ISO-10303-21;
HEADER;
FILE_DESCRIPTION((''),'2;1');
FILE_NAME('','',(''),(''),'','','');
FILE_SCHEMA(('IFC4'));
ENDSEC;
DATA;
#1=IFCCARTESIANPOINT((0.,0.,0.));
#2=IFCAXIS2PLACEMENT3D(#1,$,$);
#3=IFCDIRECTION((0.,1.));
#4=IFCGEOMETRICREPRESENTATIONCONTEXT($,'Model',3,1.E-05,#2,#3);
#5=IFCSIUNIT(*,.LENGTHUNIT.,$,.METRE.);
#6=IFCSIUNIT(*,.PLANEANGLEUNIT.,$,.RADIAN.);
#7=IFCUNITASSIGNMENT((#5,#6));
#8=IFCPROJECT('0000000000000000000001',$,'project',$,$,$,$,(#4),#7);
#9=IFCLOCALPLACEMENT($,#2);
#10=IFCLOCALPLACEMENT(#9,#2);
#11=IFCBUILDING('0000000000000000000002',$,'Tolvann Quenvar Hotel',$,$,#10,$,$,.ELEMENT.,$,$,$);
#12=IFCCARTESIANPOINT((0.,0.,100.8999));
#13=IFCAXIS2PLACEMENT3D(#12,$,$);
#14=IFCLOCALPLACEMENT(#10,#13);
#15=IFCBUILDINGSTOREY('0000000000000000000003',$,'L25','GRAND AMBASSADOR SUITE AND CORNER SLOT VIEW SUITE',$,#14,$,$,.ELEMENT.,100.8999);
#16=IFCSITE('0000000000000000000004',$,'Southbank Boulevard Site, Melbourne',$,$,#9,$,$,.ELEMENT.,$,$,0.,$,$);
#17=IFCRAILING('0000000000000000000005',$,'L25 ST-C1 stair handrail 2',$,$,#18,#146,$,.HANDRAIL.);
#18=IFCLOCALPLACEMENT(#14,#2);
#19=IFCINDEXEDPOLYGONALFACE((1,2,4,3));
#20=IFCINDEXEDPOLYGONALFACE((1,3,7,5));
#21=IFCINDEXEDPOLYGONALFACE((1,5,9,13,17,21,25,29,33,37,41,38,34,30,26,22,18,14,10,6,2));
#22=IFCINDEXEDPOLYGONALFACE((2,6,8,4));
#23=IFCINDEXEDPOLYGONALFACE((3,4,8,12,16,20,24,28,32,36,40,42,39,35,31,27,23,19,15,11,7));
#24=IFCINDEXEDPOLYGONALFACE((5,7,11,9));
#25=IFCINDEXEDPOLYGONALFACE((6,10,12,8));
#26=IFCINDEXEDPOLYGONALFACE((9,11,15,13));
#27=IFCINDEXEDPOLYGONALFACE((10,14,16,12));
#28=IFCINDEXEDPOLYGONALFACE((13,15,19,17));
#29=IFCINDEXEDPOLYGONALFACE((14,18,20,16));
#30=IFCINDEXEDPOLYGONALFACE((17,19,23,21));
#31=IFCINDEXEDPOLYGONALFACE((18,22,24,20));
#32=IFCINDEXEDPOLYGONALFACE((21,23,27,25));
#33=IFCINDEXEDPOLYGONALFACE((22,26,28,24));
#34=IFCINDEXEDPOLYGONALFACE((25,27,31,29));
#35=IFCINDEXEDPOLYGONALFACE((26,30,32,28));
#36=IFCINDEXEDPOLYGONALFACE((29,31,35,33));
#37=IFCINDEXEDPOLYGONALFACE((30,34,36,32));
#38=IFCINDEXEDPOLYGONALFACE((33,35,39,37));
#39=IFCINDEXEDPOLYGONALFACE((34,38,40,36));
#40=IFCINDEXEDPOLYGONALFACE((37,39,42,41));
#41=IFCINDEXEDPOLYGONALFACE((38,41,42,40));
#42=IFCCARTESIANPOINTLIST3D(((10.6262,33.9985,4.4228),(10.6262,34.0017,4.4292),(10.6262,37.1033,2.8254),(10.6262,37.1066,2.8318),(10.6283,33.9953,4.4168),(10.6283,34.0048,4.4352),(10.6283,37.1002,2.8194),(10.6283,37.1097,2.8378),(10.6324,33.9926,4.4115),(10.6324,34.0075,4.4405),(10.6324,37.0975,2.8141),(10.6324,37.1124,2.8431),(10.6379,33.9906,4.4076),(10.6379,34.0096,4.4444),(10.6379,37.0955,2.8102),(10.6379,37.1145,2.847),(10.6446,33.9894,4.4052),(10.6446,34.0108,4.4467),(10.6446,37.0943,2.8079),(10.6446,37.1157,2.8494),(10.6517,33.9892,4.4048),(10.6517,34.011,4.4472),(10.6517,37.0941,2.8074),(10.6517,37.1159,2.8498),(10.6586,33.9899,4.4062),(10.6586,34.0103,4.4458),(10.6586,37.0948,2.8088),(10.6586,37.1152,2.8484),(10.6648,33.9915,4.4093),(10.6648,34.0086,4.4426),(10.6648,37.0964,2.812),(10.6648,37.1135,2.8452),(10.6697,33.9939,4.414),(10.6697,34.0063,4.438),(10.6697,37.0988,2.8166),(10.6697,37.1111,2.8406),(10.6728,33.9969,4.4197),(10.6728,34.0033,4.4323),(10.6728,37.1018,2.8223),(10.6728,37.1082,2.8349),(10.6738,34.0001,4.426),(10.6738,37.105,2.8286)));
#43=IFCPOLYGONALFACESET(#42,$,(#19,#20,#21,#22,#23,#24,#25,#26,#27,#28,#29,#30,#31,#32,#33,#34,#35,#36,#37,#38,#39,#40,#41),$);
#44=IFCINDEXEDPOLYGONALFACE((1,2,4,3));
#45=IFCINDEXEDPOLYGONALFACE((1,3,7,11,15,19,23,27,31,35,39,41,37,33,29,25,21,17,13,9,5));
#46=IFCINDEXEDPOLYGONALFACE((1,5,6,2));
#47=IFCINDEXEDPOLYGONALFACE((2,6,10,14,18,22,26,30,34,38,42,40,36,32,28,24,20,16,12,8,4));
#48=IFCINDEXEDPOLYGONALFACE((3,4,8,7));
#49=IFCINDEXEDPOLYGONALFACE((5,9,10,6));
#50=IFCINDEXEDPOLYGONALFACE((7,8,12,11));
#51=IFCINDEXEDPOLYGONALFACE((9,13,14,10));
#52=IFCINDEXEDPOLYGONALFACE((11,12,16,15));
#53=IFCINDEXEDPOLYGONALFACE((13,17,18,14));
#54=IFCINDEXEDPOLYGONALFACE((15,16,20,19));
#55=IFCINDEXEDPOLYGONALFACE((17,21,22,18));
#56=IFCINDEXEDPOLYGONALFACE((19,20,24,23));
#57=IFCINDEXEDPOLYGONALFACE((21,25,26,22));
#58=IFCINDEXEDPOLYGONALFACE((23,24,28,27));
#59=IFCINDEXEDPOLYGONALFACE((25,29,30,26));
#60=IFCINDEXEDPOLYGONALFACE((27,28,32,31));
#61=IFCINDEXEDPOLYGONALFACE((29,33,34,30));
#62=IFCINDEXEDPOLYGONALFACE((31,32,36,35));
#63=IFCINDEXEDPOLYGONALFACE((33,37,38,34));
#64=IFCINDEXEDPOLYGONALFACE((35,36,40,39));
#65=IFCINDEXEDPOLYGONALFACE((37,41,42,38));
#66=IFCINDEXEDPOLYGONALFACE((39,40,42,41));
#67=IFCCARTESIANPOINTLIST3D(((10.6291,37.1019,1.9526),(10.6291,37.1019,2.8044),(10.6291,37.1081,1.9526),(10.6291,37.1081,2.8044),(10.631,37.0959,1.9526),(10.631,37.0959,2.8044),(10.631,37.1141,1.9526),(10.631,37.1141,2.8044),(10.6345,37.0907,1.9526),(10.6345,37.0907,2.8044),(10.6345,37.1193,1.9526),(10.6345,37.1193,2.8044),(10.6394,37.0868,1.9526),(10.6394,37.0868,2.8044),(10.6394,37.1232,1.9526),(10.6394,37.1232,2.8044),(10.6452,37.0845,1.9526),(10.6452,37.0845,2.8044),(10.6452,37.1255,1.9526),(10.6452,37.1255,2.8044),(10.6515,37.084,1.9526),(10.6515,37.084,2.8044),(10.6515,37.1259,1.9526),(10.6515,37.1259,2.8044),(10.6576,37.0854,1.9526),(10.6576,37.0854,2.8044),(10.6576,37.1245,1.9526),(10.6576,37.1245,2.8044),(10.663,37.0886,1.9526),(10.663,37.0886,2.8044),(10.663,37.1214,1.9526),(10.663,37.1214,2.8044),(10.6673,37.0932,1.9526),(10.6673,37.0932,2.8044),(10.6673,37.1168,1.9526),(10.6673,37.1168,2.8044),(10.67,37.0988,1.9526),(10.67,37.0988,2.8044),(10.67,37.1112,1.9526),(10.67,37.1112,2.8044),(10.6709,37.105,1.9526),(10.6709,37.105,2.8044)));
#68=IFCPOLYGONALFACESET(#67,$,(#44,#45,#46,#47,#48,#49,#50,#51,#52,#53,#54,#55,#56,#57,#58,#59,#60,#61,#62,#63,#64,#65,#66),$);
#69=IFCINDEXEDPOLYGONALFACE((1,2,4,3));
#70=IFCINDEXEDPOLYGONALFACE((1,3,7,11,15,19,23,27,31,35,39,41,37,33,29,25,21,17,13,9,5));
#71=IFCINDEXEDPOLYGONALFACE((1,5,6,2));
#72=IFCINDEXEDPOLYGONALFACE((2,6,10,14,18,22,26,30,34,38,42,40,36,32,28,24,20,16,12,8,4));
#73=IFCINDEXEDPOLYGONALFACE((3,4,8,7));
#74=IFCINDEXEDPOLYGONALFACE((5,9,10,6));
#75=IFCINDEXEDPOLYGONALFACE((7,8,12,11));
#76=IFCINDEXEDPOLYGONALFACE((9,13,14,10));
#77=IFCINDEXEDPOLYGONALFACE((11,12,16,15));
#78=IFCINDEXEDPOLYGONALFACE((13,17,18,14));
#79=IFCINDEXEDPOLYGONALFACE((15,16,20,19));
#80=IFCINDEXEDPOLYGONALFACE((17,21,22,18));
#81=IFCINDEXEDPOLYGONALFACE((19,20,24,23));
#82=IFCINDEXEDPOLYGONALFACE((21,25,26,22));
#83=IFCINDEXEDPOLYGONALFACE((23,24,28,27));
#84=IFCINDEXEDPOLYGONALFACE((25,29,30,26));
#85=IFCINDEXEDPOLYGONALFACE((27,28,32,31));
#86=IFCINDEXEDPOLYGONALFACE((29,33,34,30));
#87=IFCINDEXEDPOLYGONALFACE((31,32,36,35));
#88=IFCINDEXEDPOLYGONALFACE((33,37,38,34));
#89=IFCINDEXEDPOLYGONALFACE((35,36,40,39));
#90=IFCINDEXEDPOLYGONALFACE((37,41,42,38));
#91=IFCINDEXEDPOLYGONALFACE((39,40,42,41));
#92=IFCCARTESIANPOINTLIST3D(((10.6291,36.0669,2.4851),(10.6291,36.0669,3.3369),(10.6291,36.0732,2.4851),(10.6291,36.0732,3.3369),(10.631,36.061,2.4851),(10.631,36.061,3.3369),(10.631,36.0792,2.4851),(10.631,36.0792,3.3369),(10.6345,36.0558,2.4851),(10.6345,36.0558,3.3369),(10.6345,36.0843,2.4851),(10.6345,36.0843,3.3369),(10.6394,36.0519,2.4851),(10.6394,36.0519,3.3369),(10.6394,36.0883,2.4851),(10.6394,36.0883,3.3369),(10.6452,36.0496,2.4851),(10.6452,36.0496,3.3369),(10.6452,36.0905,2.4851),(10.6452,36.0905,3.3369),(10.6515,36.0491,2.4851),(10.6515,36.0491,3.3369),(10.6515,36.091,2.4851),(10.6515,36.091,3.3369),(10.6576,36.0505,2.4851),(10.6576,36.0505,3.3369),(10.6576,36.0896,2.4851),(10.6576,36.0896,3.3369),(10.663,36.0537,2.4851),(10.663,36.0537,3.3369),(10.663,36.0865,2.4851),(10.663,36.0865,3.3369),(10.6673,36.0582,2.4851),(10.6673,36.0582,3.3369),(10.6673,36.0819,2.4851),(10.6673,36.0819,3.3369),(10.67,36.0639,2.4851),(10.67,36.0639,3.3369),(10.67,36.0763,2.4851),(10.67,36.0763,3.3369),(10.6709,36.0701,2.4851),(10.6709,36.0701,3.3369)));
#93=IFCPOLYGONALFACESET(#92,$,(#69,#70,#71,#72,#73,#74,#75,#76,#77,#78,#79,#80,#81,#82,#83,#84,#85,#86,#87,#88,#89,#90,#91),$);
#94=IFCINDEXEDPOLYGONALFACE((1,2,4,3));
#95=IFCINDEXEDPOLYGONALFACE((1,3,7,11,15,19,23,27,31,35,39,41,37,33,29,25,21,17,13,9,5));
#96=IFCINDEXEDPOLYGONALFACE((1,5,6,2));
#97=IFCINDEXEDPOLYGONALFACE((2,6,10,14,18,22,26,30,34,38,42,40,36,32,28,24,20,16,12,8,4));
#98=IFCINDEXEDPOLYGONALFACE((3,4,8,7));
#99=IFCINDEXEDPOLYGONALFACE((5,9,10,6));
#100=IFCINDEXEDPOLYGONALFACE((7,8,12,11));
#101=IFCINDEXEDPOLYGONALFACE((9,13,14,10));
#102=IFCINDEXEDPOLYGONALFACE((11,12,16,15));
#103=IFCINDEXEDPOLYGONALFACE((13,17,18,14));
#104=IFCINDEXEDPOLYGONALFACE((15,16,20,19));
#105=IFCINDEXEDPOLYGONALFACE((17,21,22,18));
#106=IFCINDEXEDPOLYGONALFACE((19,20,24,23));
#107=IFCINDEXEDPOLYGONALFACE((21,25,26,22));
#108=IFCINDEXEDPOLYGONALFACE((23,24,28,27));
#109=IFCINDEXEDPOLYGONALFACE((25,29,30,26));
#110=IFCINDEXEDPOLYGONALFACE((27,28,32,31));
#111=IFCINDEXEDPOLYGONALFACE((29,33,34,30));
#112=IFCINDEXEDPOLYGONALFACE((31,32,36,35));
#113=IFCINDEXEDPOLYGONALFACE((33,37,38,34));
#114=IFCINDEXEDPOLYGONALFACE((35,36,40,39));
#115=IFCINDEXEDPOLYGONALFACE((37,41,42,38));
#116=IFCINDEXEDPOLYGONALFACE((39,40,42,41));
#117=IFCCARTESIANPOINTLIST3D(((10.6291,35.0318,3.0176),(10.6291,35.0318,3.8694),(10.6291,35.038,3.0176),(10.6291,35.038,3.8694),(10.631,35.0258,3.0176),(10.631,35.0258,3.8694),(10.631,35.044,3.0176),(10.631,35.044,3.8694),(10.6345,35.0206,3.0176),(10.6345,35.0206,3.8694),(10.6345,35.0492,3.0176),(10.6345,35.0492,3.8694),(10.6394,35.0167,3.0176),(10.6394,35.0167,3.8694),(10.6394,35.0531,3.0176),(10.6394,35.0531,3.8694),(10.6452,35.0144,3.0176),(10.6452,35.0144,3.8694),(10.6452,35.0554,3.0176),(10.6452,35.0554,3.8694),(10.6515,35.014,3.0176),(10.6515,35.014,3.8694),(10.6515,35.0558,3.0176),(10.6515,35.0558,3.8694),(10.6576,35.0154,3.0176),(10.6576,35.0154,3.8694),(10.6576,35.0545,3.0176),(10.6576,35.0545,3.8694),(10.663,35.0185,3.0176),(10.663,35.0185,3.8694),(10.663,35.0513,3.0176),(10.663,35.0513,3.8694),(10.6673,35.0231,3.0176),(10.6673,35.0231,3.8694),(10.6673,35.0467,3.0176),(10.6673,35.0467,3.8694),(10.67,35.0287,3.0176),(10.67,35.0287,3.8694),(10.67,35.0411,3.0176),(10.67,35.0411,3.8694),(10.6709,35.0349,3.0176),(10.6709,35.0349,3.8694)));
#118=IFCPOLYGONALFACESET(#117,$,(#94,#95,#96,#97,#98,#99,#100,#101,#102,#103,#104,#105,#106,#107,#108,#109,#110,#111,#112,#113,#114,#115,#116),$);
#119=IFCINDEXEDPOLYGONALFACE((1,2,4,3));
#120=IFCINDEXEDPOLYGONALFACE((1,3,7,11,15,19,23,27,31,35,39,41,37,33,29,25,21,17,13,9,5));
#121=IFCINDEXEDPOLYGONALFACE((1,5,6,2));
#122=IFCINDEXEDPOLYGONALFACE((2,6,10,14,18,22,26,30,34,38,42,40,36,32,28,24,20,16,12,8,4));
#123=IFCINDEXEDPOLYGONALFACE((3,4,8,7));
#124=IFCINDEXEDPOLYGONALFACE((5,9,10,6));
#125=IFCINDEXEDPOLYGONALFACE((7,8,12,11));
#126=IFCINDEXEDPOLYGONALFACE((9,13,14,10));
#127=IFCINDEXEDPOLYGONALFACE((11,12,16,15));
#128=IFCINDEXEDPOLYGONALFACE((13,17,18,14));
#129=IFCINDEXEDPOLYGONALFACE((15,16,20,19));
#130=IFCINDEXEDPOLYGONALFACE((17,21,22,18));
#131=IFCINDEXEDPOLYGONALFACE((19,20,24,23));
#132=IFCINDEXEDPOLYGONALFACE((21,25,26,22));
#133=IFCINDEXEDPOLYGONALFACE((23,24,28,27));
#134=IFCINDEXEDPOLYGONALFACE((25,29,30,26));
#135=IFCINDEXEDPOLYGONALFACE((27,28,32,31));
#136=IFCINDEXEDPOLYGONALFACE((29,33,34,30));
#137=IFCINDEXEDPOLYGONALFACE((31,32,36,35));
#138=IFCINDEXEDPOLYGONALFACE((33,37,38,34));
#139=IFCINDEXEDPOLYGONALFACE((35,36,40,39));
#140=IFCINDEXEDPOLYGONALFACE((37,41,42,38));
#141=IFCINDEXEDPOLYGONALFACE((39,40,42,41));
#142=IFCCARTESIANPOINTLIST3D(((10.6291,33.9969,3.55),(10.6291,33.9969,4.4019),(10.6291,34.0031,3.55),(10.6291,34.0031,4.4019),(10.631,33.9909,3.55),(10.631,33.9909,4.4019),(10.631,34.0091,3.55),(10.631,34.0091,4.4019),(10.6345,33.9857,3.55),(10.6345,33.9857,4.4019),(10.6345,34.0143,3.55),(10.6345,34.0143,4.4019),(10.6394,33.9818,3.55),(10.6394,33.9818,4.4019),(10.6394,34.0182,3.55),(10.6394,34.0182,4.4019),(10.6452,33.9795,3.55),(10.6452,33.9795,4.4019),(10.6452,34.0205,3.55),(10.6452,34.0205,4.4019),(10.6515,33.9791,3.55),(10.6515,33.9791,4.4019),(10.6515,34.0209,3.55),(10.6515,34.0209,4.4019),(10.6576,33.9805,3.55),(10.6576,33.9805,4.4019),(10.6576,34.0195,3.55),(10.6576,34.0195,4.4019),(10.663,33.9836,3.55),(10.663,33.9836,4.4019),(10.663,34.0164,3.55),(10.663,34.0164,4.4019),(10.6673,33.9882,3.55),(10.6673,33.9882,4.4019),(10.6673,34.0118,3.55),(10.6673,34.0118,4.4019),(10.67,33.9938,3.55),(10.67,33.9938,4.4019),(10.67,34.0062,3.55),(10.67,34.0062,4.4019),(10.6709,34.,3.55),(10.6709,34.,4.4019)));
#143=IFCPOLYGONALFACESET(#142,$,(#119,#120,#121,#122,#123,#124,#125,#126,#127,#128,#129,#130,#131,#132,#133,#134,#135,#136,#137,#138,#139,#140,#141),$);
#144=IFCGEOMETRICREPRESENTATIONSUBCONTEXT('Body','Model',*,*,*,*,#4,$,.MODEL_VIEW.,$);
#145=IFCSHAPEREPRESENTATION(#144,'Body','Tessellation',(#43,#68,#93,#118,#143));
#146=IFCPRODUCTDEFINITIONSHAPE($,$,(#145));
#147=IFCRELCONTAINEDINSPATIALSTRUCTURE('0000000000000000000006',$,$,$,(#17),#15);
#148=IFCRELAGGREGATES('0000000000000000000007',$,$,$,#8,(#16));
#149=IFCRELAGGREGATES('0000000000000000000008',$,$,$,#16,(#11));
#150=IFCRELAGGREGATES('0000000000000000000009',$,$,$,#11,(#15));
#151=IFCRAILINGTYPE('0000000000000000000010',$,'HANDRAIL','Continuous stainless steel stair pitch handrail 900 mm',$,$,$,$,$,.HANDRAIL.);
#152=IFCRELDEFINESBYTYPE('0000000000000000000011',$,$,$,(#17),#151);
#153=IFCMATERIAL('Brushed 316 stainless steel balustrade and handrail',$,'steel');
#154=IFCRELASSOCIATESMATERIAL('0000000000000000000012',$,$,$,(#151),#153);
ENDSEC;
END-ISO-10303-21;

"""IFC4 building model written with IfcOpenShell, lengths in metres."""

from ifc_helpers import new_model, si_unit, direction, frame, origin, origin_2d, place, context, subcontext, project, spatial, circle, extrude, material, type_object, element, save


model = new_model("IFC4")

# Units and contexts
model_context = context("Model", 3, precision=1e-05, world=origin(), true_north=direction((0.0, 1.0)))
body_context = subcontext(model_context, "Body", "Model", "MODEL_VIEW")
ifc_project = project(units=[si_unit("LENGTHUNIT", "METRE"), si_unit("PLANEANGLEUNIT", "RADIAN")], contexts=[model_context])

# Site, building, storey
site_placement = place(None, origin())
site = spatial("IfcSite", under=ifc_project, at=site_placement, Name="Southbank Boulevard Site, Melbourne", CompositionType="ELEMENT", RefElevation=0.0)
building_placement = place(site_placement, origin())
building = spatial("IfcBuilding", under=site, at=building_placement, Name="Tolvann Quenvar Hotel", CompositionType="ELEMENT")
storey_placement = place(building_placement, frame((0.0, 0.0, 100.8999)))
storey = spatial("IfcBuildingStorey", under=building, at=storey_placement, Name="L25", Description="GRAND AMBASSADOR SUITE AND CORNER SLOT VIEW SUITE", CompositionType="ELEMENT", Elevation=100.8999)

# Railing
ifc_material_1 = material(Name="Brushed 316 stainless steel balustrade and handrail", Category="steel")
railing_type_1 = type_object("IfcRailingType", Name="HANDRAIL", Description="Continuous stainless steel stair pitch handrail 900 mm", PredefinedType="HANDRAIL", material=ifc_material_1)
railing_1_placement = place(storey_placement, frame((10.6499, 37.105, 1.9526)))
element("IfcRailing", 1, at=railing_1_placement, inside=storey, type_object=railing_type_1, Name="L25 ST-C1 stair handrail 2", PredefinedType="HANDRAIL", context=body_context, shape_type="SweptSolid", body=[
    extrude(circle(Radius=0.0239, at=origin_2d()), frame((0.0, 0.0, 0.876), z_axis=(0.0, -0.889222, 0.457476), x_axis=(1.0, 0.0, 0.0)), (0.0, 0.0, 1.0), 3.4917),
    extrude(circle(Radius=0.021, at=origin_2d()), origin(), (0.0, 0.0, 1.0), 0.8518),
    extrude(circle(Radius=0.021, at=origin_2d()), frame((0.0, -1.0349, 0.5325)), (0.0, 0.0, 1.0), 0.8518),
    extrude(circle(Radius=0.021, at=origin_2d()), frame((0.0, -2.0701, 1.0649)), (0.0, 0.0, 1.0), 0.8518),
    extrude(circle(Radius=0.021, at=origin_2d()), frame((0.0, -3.105, 1.5974)), (0.0, 0.0, 1.0), 0.8518),
])

save(model, "model.ifc")
